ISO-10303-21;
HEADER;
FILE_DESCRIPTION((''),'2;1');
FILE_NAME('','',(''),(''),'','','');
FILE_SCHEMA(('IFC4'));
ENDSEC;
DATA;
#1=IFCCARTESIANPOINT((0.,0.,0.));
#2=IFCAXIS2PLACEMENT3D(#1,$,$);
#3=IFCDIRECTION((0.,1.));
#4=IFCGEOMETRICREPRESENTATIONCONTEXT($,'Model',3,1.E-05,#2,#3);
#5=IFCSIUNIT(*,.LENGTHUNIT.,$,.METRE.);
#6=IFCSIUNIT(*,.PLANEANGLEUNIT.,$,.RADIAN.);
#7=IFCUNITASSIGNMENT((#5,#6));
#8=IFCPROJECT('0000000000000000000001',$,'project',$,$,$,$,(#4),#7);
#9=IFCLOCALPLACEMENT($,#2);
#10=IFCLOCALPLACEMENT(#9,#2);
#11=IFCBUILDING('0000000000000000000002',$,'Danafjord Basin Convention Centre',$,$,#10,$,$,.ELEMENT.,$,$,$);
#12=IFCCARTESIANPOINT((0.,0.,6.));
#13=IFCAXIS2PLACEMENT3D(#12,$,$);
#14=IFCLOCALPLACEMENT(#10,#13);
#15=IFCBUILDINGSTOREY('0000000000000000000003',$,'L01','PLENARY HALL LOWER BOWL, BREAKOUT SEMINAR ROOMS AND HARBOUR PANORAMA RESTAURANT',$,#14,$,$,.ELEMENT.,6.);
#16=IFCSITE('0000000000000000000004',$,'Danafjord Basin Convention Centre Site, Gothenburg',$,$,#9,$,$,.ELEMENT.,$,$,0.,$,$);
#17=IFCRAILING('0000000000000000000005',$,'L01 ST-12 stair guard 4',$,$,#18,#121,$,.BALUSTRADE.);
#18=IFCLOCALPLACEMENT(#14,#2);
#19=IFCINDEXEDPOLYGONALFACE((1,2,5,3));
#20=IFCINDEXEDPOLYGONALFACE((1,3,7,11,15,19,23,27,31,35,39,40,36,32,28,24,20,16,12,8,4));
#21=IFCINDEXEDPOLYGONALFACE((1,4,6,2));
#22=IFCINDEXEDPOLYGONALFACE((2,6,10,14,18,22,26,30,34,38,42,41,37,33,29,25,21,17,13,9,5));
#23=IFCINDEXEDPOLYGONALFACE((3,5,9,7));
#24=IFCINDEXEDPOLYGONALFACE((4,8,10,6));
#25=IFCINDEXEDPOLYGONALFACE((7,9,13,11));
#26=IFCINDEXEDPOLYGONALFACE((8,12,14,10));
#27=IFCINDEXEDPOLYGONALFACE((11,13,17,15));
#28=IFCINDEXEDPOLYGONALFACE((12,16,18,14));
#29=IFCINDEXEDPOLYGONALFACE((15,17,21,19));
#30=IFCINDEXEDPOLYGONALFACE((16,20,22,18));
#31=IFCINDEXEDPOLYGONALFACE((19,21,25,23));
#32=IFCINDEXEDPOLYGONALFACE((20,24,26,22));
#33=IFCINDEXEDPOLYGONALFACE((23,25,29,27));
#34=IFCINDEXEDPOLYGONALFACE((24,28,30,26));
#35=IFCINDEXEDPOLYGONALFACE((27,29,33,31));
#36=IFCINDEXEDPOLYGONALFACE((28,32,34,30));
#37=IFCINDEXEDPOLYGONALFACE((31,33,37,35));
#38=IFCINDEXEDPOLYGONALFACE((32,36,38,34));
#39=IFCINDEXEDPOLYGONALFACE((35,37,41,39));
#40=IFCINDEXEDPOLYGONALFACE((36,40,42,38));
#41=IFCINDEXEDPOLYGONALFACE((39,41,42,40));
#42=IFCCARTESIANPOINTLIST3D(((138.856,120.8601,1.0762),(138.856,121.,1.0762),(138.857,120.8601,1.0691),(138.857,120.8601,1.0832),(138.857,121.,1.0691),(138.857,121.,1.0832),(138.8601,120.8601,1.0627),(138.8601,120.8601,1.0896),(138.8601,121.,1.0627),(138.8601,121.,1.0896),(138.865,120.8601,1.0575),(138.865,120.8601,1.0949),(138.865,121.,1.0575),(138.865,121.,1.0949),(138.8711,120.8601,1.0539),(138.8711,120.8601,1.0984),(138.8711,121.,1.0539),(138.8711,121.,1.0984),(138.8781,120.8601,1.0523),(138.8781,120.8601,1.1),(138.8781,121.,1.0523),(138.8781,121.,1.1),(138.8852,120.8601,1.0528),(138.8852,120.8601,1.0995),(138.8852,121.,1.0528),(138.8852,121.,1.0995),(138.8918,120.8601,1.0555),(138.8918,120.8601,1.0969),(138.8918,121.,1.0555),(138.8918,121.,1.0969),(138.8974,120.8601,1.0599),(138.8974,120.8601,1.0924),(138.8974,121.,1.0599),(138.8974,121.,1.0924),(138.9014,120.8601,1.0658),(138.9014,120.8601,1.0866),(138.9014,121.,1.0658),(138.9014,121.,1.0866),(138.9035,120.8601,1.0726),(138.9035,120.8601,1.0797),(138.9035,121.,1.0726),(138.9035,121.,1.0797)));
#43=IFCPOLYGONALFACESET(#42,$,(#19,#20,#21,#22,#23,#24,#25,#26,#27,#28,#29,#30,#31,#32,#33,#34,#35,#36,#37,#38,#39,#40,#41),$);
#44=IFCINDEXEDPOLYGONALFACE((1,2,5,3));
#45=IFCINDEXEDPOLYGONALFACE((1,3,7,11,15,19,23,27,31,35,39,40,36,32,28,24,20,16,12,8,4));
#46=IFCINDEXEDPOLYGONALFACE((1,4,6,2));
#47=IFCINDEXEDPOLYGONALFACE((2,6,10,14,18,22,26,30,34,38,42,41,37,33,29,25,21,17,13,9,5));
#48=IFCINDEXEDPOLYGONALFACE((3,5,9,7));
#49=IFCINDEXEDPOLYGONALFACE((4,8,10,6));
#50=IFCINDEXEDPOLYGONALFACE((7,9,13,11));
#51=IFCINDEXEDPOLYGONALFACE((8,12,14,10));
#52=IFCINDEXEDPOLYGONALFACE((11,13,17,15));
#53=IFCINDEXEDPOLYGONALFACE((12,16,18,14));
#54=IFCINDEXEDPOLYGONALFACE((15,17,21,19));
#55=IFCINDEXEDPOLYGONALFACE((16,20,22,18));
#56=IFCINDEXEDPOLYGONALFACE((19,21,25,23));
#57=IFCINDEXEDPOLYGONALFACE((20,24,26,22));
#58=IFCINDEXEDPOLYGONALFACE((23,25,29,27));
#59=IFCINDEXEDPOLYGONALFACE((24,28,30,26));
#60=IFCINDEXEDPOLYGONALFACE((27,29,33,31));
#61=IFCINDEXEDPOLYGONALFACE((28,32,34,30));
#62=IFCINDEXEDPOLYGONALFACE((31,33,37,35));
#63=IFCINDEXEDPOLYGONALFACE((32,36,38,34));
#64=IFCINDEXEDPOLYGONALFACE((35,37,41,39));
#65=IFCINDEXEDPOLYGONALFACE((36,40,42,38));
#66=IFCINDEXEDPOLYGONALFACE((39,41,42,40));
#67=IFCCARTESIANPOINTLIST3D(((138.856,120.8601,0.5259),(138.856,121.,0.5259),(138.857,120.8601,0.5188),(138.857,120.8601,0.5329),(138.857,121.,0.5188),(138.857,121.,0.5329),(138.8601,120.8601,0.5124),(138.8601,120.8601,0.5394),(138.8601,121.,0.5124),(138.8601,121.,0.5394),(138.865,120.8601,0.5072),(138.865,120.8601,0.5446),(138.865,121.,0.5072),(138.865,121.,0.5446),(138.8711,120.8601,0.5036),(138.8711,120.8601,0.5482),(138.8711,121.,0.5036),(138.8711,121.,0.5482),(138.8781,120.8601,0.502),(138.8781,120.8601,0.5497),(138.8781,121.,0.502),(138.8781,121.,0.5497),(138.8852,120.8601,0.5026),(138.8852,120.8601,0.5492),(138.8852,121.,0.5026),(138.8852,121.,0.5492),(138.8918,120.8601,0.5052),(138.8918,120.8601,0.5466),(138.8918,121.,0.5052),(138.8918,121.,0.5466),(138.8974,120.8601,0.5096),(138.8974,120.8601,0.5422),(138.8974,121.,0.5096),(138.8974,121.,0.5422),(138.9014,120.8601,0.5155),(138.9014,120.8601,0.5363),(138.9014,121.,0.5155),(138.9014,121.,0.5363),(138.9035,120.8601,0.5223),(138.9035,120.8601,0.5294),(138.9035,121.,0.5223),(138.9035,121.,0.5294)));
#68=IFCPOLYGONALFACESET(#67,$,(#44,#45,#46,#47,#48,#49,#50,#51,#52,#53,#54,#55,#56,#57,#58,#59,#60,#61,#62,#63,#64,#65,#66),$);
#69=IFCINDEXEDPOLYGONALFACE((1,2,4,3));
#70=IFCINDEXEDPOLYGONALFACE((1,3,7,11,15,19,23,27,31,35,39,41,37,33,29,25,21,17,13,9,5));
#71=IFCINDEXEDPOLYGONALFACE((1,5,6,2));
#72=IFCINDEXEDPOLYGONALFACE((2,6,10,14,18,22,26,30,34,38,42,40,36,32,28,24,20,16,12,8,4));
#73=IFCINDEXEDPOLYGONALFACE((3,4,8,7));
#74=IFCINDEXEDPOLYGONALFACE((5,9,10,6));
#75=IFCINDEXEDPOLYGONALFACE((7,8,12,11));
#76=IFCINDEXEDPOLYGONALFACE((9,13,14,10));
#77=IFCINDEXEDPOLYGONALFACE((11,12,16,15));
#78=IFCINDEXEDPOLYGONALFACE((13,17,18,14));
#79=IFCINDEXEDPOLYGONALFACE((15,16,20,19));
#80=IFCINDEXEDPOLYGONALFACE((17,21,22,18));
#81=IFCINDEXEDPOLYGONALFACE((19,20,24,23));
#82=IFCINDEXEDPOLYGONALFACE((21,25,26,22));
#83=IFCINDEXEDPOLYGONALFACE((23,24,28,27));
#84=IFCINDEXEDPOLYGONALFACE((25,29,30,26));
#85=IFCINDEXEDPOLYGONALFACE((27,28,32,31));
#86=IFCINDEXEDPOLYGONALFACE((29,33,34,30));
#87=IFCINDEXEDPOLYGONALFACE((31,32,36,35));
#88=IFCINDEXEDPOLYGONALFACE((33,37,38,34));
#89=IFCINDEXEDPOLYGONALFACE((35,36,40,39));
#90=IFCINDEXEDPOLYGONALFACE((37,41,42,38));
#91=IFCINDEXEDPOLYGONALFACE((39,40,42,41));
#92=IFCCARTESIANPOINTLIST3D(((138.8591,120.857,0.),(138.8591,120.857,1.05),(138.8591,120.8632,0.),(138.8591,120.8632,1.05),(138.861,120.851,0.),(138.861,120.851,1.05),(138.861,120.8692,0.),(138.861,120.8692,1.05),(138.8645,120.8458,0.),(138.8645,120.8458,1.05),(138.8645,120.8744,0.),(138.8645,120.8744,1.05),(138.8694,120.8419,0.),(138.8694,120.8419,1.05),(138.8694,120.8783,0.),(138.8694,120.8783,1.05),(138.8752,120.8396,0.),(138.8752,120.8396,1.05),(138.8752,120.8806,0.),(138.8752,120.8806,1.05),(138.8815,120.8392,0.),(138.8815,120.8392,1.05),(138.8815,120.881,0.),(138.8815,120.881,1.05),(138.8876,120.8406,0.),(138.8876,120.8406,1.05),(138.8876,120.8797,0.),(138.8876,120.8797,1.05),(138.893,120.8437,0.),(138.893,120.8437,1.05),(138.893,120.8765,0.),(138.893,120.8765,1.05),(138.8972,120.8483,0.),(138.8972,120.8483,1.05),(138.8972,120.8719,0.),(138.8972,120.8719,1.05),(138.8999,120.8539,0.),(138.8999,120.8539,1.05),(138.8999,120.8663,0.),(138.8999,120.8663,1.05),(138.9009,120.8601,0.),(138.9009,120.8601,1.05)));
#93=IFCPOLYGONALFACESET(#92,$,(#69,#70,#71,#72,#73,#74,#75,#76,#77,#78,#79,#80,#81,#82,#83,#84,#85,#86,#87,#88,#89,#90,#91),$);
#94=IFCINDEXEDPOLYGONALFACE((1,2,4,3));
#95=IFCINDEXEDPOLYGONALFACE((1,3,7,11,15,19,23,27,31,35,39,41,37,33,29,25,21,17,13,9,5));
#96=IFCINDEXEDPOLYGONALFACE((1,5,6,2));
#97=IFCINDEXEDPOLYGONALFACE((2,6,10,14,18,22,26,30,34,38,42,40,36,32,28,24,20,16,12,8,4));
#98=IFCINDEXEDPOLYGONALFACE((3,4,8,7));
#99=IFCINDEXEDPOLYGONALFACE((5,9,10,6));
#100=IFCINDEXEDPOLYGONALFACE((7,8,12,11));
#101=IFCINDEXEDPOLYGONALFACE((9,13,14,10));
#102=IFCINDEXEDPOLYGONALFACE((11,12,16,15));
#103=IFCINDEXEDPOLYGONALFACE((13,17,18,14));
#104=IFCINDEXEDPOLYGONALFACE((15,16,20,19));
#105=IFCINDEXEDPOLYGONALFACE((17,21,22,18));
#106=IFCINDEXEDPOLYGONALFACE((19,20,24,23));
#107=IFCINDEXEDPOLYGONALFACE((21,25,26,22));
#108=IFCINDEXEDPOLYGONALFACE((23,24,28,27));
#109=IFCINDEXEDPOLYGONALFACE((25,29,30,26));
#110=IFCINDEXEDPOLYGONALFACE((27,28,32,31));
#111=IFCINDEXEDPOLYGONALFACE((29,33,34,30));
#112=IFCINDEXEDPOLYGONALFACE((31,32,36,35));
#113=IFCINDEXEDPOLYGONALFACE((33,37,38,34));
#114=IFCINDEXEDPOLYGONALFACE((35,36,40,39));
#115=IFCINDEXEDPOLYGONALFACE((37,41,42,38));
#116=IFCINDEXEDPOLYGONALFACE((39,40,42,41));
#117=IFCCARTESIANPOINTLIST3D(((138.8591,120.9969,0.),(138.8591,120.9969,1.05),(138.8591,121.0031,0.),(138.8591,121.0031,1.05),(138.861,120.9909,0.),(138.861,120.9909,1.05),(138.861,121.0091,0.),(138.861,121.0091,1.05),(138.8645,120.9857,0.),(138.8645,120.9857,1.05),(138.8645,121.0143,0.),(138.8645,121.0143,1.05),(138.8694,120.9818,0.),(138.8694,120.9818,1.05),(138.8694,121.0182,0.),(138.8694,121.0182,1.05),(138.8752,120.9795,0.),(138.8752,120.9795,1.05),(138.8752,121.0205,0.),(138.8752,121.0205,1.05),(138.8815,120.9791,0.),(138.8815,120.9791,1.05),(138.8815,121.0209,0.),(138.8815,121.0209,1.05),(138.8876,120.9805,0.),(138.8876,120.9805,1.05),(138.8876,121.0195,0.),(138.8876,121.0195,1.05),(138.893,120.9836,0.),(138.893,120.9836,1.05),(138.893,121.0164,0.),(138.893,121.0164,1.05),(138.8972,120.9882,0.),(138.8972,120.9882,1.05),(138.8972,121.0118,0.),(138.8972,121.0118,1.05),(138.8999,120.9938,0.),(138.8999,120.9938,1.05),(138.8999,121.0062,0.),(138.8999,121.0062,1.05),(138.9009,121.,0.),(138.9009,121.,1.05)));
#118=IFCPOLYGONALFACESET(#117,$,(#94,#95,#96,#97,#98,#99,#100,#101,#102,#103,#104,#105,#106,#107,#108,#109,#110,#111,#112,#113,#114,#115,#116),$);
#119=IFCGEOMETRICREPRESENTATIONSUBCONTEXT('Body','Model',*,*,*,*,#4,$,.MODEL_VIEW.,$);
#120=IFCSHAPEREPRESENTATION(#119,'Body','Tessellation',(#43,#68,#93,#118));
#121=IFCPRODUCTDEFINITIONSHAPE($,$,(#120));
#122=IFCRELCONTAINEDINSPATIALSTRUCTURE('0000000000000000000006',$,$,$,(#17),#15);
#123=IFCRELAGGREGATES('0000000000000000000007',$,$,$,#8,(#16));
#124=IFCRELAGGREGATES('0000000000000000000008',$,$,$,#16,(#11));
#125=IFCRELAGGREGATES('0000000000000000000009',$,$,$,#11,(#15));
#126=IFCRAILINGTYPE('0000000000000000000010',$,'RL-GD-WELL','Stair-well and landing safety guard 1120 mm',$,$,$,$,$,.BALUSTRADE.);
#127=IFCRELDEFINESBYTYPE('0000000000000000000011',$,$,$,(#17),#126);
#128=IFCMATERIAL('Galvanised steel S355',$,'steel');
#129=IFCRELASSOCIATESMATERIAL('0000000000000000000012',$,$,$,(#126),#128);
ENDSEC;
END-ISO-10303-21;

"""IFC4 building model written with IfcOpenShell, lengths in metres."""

from ifc_helpers import new_model, si_unit, direction, frame, origin, origin_2d, place, context, subcontext, project, spatial, circle, extrude, material, type_object, element, save


model = new_model("IFC4")

# Units and contexts
model_context = context("Model", 3, precision=1e-05, world=origin(), true_north=direction((0.0, 1.0)))
body_context = subcontext(model_context, "Body", "Model", "MODEL_VIEW")
ifc_project = project(units=[si_unit("LENGTHUNIT", "METRE"), si_unit("PLANEANGLEUNIT", "RADIAN")], contexts=[model_context])

# Site, building, storey
site_placement = place(None, origin())
site = spatial("IfcSite", under=ifc_project, at=site_placement, Name="Danafjord Basin Convention Centre Site, Gothenburg", CompositionType="ELEMENT", RefElevation=0.0)
building_placement = place(site_placement, origin())
building = spatial("IfcBuilding", under=site, at=building_placement, Name="Danafjord Basin Convention Centre", CompositionType="ELEMENT")
storey_placement = place(building_placement, frame((0.0, 0.0, 6.0)))
storey = spatial("IfcBuildingStorey", under=building, at=storey_placement, Name="L01", Description="PLENARY HALL LOWER BOWL, BREAKOUT SEMINAR ROOMS AND HARBOUR PANORAMA RESTAURANT", CompositionType="ELEMENT", Elevation=6.0)

# Railing
ifc_material_1 = material(Name="Galvanised steel S355", Category="steel")
railing_type_1 = type_object("IfcRailingType", Name="RL-GD-WELL", Description="Stair-well and landing safety guard 1120 mm", PredefinedType="BALUSTRADE", material=ifc_material_1)
railing_1_placement = place(storey_placement, frame((138.8799, 120.8601, 0.0)))
element("IfcRailing", 1, at=railing_1_placement, inside=storey, type_object=railing_type_1, Name="L01 ST-12 stair guard 4", PredefinedType="BALUSTRADE", context=body_context, shape_type="SweptSolid", body=[
    extrude(circle(Radius=0.0239, at=origin_2d()), frame((0.0, 0.0, 1.0762), z_axis=(0.0, 1.0, 0.0), x_axis=(-1.0, 0.0, 0.0)), (0.0, 0.0, 1.0), 0.1399),
    extrude(circle(Radius=0.0239, at=origin_2d()), frame((0.0, 0.0, 0.5259), z_axis=(0.0, 1.0, 0.0), x_axis=(-1.0, 0.0, 0.0)), (0.0, 0.0, 1.0), 0.1399),
    extrude(circle(Radius=0.021, at=origin_2d()), origin(), (0.0, 0.0, 1.0), 1.05),
    extrude(circle(Radius=0.021, at=origin_2d()), frame((0.0, 0.1399, 0.0)), (0.0, 0.0, 1.0), 1.05),
])

save(model, "model.ifc")
